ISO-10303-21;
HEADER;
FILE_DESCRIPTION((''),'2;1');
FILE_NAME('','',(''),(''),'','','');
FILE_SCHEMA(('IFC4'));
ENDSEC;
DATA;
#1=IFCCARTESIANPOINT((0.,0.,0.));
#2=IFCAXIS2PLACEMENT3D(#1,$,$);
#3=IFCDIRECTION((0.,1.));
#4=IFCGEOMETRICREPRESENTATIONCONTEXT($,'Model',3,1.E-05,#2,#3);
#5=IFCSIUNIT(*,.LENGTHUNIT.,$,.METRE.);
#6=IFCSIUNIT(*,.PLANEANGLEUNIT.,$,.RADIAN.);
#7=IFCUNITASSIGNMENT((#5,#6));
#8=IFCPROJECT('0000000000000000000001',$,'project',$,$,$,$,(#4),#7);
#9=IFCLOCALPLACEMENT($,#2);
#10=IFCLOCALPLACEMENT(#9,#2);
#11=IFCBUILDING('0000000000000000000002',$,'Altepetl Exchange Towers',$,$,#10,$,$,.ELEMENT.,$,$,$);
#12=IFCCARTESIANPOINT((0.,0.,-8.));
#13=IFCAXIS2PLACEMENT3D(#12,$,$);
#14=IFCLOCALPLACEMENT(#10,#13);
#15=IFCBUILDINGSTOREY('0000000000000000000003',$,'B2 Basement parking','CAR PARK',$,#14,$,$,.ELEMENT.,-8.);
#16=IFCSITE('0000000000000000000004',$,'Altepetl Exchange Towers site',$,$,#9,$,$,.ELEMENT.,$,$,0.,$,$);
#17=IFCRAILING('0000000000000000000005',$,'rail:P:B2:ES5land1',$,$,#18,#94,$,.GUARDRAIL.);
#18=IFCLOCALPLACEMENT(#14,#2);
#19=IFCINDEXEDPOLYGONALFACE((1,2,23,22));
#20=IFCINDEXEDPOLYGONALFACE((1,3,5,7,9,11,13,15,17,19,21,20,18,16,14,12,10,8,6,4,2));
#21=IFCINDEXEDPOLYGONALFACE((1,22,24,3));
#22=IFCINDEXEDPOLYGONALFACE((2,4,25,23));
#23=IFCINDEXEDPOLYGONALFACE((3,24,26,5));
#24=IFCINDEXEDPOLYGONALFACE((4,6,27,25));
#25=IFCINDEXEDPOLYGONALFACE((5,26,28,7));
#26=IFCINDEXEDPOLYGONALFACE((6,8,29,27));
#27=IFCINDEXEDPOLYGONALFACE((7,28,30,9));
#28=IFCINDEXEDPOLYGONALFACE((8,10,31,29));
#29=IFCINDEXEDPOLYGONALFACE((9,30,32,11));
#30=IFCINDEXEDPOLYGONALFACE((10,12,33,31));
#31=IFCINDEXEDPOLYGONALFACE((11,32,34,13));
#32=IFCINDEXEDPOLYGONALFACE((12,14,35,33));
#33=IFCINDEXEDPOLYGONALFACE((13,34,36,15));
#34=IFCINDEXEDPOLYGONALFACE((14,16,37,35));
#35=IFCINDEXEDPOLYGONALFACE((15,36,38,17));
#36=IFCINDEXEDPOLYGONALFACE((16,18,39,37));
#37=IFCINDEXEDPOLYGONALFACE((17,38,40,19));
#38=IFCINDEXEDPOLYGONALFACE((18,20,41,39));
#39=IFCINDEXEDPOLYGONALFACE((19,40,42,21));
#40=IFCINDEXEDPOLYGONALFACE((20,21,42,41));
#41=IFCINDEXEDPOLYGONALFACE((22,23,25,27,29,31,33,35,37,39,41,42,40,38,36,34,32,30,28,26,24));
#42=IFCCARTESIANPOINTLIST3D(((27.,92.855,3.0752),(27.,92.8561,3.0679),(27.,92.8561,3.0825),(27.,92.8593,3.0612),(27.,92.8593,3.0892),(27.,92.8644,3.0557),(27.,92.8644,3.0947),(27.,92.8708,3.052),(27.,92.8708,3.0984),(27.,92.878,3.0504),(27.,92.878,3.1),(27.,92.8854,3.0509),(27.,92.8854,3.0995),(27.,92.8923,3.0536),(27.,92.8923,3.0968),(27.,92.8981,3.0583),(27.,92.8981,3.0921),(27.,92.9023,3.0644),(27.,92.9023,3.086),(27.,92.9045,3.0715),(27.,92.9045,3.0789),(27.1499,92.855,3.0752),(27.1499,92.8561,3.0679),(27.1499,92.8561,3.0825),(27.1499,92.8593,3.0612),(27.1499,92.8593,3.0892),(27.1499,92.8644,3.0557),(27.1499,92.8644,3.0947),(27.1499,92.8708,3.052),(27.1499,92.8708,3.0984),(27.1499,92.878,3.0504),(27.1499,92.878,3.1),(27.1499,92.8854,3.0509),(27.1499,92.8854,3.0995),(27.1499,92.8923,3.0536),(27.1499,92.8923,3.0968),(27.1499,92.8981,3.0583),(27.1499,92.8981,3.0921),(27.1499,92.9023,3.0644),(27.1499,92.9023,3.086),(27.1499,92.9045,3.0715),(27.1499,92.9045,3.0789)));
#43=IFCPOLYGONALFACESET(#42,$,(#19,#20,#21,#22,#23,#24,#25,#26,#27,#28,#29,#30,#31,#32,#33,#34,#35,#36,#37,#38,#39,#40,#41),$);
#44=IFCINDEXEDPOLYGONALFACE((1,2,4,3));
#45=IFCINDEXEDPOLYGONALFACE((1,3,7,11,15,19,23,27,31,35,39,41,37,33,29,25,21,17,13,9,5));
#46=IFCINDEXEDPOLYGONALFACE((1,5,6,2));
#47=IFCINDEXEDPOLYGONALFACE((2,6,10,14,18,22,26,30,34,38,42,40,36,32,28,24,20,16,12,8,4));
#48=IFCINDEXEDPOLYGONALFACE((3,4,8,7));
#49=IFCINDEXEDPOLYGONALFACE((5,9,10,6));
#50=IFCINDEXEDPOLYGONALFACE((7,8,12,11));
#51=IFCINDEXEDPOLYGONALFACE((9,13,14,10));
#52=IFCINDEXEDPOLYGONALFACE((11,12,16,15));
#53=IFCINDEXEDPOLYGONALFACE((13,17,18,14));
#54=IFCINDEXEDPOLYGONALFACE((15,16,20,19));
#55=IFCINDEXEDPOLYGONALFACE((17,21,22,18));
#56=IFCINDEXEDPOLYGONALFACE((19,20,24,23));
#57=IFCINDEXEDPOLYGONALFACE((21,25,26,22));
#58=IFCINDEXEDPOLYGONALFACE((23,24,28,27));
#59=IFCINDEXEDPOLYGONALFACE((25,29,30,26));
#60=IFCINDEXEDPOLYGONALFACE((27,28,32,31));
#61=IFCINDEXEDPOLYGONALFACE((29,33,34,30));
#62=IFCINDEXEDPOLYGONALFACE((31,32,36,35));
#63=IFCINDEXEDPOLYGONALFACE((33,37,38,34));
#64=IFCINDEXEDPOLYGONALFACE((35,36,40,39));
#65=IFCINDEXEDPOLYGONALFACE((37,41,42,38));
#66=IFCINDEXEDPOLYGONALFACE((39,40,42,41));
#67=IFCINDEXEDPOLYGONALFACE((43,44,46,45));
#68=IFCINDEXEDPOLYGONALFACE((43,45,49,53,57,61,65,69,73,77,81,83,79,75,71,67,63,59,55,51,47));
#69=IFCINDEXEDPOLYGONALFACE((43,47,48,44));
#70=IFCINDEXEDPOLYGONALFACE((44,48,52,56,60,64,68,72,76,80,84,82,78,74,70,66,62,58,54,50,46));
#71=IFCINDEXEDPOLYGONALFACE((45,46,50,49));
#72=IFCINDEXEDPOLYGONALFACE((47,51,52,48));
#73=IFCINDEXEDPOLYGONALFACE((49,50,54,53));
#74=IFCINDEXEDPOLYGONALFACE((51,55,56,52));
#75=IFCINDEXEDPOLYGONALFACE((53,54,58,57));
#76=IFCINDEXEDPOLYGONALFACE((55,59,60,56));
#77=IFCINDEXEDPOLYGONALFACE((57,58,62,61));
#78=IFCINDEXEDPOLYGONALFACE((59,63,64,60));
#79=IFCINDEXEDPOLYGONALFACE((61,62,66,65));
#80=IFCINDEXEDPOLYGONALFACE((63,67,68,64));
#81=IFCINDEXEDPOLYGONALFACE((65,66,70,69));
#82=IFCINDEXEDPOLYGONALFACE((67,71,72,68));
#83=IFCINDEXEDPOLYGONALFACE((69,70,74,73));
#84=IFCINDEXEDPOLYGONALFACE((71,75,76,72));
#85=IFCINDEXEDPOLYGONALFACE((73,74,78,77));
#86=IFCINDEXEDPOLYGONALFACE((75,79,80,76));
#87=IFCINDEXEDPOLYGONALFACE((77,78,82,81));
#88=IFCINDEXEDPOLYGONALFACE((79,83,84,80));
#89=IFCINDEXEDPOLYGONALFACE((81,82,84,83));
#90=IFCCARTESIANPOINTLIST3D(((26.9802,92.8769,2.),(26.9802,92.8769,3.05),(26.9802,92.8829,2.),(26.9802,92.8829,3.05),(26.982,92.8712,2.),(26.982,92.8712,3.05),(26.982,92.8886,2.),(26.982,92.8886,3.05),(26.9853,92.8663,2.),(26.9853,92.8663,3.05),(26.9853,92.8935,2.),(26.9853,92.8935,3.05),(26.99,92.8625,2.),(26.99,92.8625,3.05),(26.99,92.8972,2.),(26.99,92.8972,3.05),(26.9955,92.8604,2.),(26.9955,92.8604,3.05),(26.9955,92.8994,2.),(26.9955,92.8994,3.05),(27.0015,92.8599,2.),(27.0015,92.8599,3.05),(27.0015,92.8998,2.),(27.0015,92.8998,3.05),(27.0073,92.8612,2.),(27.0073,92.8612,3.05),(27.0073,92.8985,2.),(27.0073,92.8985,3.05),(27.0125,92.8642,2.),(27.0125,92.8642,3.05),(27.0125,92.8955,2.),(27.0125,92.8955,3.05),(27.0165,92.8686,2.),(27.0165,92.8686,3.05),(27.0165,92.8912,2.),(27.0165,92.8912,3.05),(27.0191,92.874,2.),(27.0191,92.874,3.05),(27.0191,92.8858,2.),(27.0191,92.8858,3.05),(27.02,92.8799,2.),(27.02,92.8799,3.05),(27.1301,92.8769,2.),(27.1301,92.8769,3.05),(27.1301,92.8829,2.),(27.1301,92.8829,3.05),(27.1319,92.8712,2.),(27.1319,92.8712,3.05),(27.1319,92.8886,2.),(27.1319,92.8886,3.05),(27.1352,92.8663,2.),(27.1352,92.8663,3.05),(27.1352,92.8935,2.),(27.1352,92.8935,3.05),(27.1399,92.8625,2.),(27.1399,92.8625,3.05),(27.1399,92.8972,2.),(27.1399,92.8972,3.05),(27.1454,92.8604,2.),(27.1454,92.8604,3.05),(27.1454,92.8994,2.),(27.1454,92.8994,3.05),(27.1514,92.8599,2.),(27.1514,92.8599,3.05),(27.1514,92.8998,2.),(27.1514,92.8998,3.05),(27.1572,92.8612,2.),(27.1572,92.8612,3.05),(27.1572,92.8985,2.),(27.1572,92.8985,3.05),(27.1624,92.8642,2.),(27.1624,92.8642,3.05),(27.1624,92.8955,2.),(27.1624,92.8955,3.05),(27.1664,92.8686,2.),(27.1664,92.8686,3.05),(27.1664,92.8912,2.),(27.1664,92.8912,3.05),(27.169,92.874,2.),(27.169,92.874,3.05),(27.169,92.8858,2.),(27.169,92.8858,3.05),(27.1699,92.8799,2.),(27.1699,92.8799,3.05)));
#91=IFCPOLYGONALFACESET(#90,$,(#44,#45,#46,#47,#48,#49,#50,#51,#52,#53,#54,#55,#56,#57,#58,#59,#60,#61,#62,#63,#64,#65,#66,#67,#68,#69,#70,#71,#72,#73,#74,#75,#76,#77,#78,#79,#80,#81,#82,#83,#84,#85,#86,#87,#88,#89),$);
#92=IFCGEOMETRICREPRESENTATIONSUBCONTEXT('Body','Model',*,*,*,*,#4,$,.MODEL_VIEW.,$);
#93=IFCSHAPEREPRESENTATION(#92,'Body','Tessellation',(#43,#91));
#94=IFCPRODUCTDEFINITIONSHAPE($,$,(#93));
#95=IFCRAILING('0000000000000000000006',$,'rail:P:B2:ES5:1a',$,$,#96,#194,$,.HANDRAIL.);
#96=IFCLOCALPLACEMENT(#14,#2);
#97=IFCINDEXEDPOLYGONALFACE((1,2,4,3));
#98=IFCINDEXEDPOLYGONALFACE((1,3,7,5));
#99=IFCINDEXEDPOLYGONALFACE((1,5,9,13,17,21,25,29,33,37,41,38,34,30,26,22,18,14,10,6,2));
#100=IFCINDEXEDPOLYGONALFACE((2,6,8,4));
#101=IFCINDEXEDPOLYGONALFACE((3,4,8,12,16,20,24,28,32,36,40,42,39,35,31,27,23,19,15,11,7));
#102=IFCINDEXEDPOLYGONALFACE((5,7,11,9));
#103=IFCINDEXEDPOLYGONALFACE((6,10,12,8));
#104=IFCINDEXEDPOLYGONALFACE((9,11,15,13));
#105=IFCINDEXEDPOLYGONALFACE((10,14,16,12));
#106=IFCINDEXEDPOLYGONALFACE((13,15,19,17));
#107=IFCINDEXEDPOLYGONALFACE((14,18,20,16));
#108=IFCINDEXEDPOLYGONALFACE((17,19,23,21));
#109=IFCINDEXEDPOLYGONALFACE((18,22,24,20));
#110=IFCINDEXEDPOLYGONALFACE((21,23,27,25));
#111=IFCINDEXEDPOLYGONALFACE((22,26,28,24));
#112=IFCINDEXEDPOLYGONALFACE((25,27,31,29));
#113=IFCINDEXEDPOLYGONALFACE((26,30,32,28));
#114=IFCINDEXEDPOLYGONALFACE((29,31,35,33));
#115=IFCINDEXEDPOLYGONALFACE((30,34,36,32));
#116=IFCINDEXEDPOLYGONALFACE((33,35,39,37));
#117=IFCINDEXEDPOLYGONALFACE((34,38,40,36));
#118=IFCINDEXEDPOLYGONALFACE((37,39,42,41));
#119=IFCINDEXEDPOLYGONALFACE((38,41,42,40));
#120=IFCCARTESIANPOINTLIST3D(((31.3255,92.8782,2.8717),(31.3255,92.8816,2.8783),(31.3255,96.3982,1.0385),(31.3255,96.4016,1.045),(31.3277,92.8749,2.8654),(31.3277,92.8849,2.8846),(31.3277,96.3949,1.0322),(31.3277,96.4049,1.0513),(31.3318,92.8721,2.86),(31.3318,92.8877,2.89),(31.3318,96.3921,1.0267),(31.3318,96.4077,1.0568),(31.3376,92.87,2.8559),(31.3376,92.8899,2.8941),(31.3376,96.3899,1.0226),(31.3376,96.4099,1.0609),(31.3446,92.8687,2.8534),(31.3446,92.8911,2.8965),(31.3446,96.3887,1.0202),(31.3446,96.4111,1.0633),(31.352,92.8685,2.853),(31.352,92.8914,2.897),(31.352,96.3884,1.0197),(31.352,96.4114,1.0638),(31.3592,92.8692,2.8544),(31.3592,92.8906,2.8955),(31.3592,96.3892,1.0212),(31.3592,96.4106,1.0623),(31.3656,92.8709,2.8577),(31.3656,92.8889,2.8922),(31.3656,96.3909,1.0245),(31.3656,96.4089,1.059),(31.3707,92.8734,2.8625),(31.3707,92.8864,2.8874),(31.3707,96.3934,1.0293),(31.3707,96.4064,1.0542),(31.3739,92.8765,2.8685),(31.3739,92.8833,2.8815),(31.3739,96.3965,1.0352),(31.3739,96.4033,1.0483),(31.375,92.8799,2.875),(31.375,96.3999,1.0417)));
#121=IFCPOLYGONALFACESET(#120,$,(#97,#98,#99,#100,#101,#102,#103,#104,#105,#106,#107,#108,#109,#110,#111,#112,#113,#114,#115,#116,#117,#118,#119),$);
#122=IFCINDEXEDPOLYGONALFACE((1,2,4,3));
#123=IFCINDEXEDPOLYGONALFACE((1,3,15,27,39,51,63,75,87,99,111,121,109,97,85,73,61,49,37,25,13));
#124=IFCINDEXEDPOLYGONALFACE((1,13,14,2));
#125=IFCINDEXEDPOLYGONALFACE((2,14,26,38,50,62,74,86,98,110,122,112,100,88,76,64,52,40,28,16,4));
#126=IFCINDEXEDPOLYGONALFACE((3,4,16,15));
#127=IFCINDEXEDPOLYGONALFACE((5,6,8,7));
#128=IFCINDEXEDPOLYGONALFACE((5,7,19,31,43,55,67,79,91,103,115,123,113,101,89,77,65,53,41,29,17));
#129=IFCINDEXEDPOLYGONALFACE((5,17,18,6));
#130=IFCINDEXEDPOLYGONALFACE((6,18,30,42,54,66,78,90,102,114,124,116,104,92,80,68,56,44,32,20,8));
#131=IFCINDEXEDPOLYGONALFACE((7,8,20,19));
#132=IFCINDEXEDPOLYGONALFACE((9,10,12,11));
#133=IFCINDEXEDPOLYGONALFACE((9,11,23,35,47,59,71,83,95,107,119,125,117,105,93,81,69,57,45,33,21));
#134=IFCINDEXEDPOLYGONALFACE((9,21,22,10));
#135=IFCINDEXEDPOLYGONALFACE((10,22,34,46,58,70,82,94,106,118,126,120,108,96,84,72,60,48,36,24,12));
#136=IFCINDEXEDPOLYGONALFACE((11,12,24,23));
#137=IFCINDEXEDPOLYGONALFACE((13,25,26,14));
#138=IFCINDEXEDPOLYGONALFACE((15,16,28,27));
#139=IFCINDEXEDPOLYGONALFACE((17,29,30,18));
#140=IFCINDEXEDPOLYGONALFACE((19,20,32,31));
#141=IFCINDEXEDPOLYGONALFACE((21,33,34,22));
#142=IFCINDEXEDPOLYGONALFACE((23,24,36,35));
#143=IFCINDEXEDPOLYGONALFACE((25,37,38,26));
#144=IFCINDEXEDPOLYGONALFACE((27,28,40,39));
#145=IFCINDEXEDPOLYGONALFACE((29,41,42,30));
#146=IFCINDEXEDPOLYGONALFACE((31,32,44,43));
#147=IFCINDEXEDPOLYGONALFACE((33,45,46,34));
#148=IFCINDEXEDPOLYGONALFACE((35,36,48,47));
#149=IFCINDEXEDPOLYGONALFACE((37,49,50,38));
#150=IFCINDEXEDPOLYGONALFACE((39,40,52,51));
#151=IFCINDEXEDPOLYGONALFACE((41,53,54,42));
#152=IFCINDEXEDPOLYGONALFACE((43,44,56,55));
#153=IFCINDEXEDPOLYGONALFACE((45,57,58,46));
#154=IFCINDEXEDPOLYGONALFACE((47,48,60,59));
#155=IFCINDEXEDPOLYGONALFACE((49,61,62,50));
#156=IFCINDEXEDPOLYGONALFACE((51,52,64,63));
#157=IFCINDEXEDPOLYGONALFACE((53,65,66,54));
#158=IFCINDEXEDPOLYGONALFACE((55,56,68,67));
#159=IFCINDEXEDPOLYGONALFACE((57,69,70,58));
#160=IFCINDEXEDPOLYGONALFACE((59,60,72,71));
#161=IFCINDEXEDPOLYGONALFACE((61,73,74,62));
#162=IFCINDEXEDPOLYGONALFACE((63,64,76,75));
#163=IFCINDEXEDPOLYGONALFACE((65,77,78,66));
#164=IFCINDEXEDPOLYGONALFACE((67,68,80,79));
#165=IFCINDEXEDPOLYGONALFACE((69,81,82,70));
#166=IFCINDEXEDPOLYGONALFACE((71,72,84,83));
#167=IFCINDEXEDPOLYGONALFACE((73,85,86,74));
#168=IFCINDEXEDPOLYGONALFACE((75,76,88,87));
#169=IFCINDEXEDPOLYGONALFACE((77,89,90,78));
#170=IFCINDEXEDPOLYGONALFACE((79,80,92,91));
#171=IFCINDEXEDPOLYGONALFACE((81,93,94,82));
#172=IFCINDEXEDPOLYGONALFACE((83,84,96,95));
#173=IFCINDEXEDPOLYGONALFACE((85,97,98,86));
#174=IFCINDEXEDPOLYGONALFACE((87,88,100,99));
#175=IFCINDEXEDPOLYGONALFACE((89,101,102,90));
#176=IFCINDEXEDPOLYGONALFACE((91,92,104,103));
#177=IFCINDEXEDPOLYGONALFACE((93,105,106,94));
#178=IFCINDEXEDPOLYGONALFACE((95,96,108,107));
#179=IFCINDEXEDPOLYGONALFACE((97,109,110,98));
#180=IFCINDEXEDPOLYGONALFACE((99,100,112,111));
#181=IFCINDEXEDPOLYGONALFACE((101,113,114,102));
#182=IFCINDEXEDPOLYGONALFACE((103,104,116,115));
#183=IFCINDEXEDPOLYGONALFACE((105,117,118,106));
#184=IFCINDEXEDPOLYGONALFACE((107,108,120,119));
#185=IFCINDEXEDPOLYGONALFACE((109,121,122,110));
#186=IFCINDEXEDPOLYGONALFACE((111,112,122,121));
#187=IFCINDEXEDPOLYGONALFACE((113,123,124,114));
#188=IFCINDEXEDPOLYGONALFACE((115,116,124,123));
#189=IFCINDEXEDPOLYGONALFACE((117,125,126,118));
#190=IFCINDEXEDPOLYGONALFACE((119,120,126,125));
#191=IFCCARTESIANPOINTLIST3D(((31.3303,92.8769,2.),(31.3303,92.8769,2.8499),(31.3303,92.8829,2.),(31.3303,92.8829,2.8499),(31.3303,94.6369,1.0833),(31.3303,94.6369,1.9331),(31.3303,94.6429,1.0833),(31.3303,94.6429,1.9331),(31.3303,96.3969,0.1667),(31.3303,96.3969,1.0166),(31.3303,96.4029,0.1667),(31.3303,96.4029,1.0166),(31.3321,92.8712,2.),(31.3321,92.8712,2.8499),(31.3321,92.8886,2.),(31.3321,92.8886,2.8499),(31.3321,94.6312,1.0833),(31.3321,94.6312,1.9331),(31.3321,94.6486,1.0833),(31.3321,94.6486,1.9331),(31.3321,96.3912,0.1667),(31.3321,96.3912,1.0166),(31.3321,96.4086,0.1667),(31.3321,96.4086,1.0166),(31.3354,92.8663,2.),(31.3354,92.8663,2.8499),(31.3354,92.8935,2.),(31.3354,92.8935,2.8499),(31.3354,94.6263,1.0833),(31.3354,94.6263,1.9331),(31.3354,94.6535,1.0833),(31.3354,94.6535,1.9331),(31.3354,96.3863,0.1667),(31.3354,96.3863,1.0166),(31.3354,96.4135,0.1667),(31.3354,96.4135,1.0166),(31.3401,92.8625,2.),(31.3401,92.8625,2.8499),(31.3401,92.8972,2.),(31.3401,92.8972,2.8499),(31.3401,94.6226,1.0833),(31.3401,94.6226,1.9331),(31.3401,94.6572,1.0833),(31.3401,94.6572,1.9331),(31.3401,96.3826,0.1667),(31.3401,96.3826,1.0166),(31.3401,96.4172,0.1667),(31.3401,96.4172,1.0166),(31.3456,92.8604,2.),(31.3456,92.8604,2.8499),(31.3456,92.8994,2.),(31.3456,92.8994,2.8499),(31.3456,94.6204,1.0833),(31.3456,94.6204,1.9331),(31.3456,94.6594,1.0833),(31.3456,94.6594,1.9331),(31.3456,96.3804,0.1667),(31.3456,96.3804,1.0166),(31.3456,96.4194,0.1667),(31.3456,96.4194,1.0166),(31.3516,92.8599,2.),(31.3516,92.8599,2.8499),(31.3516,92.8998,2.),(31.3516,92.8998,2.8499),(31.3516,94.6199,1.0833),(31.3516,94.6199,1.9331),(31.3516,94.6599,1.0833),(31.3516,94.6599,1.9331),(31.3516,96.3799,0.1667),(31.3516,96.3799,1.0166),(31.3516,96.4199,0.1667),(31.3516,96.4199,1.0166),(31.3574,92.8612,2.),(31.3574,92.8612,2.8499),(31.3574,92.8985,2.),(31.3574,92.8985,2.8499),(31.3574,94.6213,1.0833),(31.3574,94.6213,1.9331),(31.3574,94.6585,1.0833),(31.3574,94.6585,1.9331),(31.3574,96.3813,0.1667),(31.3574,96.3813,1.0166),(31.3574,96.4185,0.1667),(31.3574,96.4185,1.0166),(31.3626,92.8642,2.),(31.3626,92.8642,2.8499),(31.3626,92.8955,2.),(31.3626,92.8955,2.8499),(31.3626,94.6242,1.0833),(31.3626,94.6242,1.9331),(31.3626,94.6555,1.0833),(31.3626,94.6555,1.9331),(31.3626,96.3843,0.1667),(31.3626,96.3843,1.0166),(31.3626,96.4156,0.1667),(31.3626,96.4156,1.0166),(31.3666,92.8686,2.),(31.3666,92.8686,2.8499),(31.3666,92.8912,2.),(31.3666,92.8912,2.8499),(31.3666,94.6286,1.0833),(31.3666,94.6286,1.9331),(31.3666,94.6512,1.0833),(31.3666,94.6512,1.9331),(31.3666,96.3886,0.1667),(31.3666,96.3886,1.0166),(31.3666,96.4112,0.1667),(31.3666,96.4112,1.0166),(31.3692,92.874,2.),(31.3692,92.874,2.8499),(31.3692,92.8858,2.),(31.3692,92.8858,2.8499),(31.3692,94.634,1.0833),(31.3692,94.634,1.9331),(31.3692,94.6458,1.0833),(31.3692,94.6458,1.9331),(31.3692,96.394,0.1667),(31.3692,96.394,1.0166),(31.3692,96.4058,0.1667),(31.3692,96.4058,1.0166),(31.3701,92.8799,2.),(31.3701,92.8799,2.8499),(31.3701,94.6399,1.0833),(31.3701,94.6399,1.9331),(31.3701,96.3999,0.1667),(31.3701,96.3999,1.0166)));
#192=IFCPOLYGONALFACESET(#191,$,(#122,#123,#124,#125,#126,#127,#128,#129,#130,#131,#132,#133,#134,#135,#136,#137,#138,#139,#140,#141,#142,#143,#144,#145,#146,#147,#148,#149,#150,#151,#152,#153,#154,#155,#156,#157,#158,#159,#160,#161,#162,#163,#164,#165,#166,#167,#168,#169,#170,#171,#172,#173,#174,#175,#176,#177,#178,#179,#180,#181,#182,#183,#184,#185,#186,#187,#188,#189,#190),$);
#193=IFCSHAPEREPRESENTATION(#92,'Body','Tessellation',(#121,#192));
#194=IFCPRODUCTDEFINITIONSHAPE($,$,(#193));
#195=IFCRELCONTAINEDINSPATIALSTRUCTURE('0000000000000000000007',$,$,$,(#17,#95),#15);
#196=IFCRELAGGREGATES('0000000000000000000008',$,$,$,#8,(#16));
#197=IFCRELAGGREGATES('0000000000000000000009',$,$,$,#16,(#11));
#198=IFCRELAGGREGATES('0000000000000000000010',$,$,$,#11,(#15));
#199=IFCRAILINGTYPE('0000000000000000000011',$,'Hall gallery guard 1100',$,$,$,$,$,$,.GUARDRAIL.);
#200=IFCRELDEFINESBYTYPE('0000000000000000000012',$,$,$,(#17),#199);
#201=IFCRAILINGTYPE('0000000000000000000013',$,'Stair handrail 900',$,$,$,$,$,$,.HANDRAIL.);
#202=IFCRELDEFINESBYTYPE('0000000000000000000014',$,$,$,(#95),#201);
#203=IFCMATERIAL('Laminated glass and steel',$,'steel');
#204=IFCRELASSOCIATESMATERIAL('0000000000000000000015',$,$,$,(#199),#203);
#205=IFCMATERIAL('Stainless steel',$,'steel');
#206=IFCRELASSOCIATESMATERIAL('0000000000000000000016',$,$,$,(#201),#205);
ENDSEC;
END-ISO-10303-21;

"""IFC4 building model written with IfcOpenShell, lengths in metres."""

from ifc_helpers import new_model, si_unit, direction, frame, origin, origin_2d, place, context, subcontext, project, spatial, circle, extrude, source, transform, mapped, material, type_object, element, save


model = new_model("IFC4")

# Units and contexts
model_context = context("Model", 3, precision=1e-05, world=origin(), true_north=direction((0.0, 1.0)))
body_context = subcontext(model_context, "Body", "Model", "MODEL_VIEW")
ifc_project = project(units=[si_unit("LENGTHUNIT", "METRE"), si_unit("PLANEANGLEUNIT", "RADIAN")], contexts=[model_context])

# Site, building, storey
site_placement = place(None, origin())
site = spatial("IfcSite", under=ifc_project, at=site_placement, Name="Altepetl Exchange Towers site", CompositionType="ELEMENT", RefElevation=0.0)
building_placement = place(site_placement, origin())
building = spatial("IfcBuilding", under=site, at=building_placement, Name="Altepetl Exchange Towers", CompositionType="ELEMENT")
storey_placement = place(building_placement, frame((0.0, 0.0, -8.0)))
storey = spatial("IfcBuildingStorey", under=building, at=storey_placement, Name="B2 Basement parking", Description="CAR PARK", CompositionType="ELEMENT", Elevation=-8.0)

# Railings
ifc_material_1 = material(Name="Laminated glass and steel", Category="steel")
railing_type_1 = type_object("IfcRailingType", Name="Hall gallery guard 1100", PredefinedType="GUARDRAIL", material=ifc_material_1)
shared_shape_1 = source(origin(), body_context, "Body", "SweptSolid", [
    extrude(circle(Radius=0.02, at=origin_2d()), origin(), (0.0, 0.0, 1.0), 1.05),
])
for number, where, name in (
    (1, (27.1499, 92.8799, 2.0), "rail:P:B2:ES5land1"),
):
    element("IfcRailing", number, at=place(storey_placement, frame(where)), inside=storey, type_object=railing_type_1, Name=name, PredefinedType="GUARDRAIL", context=body_context, shape_type="SweptSolid", body=[
        extrude(circle(Radius=0.0249, at=origin_2d()), frame((0.0, 0.0, 1.0752), z_axis=(-1.0, 0.0, 0.0), x_axis=(0.0, -1.0, 0.0)), (0.0, 0.0, 1.0), 0.1499),
        mapped(shared_shape_1, transform((0.0, 0.0, 0.0))),
        mapped(shared_shape_1, transform((-0.1499, 0.0, 0.0))),
    ])
ifc_material_2 = material(Name="Stainless steel", Category="steel")
railing_type_2 = type_object("IfcRailingType", Name="Stair handrail 900", PredefinedType="HANDRAIL", material=ifc_material_2)
shared_shape_2 = source(origin(), body_context, "Body", "SweptSolid", [
    extrude(circle(Radius=0.02, at=origin_2d()), origin(), (0.0, 0.0, 1.0), 0.8499),
])
for number, where, name in (
    (2, (31.3501, 96.3999, 0.1667), "rail:P:B2:ES5:1a"),
):
    element("IfcRailing", number, at=place(storey_placement, frame(where)), inside=storey, type_object=railing_type_2, Name=name, PredefinedType="HANDRAIL", context=body_context, shape_type="SweptSolid", body=[
        extrude(circle(Radius=0.0249, at=origin_2d()), frame((0.0, 0.0, 0.875), z_axis=(0.0, -0.886924, 0.461916), x_axis=(1.0, 0.0, 0.0)), (0.0, 0.0, 1.0), 3.9688),
        mapped(shared_shape_2, transform((0.0, 0.0, 0.0))),
        mapped(shared_shape_2, transform((0.0, -1.76, 0.9165))),
        mapped(shared_shape_2, transform((0.0, -3.52, 1.8333))),
    ])

save(model, "model.ifc")
